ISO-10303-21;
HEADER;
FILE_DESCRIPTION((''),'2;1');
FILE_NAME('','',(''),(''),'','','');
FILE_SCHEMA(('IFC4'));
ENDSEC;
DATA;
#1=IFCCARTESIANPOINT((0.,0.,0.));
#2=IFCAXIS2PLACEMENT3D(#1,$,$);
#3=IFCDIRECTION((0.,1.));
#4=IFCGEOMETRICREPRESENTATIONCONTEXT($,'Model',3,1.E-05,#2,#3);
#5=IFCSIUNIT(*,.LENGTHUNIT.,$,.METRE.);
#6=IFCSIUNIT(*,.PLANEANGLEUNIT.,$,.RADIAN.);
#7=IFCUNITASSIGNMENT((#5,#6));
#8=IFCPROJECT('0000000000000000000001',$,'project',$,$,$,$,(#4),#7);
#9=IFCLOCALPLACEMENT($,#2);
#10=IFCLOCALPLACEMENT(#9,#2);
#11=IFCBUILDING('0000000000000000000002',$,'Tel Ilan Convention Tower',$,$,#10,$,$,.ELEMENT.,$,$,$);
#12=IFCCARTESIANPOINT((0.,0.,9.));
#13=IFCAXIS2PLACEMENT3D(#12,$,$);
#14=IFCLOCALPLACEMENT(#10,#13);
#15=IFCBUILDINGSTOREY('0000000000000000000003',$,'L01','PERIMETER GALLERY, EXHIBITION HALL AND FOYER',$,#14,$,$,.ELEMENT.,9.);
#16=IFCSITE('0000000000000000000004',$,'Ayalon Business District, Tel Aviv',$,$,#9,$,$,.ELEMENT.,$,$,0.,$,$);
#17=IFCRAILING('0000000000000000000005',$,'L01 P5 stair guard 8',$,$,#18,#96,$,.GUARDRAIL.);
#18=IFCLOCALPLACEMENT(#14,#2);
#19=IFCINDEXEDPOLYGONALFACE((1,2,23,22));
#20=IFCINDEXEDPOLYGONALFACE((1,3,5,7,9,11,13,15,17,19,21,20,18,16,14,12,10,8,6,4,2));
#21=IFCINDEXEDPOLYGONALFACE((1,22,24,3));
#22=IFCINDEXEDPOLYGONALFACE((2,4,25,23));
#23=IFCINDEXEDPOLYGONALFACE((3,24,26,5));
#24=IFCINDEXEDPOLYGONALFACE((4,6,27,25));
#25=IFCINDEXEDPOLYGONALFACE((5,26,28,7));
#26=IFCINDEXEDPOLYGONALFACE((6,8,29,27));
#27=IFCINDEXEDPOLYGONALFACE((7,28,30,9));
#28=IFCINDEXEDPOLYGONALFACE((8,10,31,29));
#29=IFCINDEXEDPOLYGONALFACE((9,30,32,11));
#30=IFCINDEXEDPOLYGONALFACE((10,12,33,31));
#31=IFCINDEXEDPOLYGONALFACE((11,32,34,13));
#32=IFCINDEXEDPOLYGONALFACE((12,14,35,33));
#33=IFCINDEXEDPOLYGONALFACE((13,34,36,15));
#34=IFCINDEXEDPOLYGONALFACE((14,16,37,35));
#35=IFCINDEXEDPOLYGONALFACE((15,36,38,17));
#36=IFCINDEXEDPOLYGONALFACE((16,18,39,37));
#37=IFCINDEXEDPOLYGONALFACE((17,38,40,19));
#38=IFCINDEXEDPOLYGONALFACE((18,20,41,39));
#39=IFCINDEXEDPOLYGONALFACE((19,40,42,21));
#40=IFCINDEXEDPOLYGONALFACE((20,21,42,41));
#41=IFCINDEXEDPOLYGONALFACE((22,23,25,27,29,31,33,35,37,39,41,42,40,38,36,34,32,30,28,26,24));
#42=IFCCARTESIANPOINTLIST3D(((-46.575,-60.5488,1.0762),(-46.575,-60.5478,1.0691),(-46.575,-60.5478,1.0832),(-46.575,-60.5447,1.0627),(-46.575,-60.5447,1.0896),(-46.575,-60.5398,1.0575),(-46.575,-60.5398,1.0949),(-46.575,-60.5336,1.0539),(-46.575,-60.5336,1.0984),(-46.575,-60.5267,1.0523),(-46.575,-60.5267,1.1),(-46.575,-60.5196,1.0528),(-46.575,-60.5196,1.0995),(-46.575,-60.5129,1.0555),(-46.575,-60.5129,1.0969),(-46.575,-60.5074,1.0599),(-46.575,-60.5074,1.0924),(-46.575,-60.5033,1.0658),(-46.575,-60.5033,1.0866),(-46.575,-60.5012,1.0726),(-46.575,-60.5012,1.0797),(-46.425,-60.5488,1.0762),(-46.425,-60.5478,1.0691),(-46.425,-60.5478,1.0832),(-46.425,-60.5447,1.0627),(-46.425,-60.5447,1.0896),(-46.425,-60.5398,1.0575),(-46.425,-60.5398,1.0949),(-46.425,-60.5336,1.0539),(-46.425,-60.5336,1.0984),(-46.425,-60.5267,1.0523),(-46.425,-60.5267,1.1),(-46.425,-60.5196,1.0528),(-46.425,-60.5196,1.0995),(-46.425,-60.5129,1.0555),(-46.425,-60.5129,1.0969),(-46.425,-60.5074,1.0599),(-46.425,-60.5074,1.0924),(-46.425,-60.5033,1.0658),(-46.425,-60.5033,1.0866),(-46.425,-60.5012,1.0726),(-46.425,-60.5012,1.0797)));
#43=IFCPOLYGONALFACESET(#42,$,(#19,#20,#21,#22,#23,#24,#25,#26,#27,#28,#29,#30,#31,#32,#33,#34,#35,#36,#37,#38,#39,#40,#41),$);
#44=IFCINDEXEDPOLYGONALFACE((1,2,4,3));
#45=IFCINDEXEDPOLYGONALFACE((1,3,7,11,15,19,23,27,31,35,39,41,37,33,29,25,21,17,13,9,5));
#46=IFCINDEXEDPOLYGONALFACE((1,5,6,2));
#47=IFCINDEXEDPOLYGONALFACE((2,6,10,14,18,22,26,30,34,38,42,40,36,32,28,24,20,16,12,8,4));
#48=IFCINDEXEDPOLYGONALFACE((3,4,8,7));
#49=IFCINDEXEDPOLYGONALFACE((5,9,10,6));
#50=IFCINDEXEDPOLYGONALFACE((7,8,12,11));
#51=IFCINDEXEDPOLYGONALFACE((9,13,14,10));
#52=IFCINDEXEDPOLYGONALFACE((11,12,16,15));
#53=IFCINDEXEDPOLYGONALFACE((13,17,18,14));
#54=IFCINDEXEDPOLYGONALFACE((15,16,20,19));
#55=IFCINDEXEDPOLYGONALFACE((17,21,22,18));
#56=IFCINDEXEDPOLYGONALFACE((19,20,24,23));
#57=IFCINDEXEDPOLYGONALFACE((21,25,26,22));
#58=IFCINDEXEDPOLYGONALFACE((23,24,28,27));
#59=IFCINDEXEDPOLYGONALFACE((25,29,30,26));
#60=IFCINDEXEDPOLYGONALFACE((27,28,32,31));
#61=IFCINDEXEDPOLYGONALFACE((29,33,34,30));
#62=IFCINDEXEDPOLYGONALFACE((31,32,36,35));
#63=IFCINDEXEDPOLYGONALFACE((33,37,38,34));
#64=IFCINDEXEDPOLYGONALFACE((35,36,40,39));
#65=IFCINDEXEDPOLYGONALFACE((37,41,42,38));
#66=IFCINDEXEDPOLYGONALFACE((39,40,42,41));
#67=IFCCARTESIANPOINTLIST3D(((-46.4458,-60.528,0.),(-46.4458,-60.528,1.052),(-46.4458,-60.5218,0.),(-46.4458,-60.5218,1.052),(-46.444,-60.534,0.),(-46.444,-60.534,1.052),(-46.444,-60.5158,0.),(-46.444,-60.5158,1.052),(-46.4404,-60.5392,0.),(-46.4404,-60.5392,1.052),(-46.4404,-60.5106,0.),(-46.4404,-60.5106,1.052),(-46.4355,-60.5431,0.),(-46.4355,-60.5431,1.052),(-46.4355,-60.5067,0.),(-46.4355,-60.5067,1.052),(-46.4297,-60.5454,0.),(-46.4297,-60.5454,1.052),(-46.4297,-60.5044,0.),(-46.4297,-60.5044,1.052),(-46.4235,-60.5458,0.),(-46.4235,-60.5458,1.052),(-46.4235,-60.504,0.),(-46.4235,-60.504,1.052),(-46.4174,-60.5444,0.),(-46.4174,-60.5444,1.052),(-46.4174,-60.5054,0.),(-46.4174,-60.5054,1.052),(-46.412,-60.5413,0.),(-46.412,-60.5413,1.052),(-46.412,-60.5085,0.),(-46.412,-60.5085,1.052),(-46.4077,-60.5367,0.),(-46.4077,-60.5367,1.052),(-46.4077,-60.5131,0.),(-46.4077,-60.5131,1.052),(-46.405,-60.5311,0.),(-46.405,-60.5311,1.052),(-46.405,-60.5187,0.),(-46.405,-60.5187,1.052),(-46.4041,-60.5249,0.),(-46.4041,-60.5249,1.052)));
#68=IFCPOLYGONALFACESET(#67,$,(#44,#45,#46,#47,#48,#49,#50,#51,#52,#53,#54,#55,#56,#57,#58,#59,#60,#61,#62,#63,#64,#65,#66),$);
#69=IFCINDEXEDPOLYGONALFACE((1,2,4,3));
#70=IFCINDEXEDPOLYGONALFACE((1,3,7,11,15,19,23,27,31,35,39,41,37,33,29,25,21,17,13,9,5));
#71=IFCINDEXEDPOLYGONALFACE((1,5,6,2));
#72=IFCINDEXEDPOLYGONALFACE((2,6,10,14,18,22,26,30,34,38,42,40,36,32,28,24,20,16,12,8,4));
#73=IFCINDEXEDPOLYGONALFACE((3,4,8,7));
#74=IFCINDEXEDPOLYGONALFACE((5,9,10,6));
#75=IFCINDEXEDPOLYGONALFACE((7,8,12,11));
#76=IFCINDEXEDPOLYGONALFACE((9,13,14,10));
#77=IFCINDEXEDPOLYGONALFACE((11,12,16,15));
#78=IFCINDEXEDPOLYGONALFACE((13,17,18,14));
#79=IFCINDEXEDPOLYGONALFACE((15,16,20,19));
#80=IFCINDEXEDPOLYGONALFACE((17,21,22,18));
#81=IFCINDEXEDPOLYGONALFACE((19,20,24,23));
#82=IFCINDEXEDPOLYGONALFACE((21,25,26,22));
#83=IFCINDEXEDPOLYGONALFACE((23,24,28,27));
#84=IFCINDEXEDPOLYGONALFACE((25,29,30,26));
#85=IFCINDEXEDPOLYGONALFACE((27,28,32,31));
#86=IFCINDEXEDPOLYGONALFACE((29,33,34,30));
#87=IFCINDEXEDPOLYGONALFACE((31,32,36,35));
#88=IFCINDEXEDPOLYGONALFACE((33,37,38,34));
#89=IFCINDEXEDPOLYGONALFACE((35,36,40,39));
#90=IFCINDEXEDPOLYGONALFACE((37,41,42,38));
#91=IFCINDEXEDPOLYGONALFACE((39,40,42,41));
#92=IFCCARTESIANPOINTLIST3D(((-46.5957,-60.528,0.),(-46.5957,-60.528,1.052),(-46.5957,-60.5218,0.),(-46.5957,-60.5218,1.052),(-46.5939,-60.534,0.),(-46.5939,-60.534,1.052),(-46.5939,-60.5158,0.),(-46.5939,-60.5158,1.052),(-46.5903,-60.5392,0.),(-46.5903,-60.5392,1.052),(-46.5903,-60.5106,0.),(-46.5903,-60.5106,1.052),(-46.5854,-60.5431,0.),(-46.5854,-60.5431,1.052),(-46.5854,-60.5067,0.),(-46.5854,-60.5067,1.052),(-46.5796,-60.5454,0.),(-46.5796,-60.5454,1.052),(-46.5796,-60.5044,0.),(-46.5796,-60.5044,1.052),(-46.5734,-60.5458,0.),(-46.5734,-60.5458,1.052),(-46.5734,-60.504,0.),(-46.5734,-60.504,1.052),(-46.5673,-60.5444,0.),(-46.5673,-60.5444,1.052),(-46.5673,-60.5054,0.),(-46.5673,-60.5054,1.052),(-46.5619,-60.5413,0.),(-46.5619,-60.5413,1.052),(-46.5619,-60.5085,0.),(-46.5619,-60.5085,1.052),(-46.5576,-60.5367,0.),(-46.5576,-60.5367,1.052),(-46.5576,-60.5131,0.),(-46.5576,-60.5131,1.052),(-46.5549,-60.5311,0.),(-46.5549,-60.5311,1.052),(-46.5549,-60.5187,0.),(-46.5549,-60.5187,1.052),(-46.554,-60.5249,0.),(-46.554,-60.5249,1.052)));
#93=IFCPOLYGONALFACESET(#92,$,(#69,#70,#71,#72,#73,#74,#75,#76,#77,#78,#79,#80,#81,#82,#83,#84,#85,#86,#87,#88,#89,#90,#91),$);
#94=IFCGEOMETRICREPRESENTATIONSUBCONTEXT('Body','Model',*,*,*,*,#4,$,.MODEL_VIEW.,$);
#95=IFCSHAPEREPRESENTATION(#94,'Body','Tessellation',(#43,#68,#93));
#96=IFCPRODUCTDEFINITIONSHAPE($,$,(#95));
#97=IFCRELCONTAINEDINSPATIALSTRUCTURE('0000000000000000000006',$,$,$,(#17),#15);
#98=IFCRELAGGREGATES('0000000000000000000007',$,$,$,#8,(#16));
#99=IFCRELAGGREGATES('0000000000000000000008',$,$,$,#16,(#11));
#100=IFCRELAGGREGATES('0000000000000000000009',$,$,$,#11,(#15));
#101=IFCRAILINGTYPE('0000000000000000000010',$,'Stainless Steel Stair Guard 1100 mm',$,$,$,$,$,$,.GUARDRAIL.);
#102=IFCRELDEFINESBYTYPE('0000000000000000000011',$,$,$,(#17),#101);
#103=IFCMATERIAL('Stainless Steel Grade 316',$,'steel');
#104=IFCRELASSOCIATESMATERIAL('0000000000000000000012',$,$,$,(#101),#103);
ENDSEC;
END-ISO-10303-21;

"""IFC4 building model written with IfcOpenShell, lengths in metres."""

from ifc_helpers import new_model, si_unit, direction, frame, origin, origin_2d, place, context, subcontext, project, spatial, circle, extrude, material, type_object, element, save


model = new_model("IFC4")

# Units and contexts
model_context = context("Model", 3, precision=1e-05, world=origin(), true_north=direction((0.0, 1.0)))
body_context = subcontext(model_context, "Body", "Model", "MODEL_VIEW")
ifc_project = project(units=[si_unit("LENGTHUNIT", "METRE"), si_unit("PLANEANGLEUNIT", "RADIAN")], contexts=[model_context])

# Site, building, storey
site_placement = place(None, origin())
site = spatial("IfcSite", under=ifc_project, at=site_placement, Name="Ayalon Business District, Tel Aviv", CompositionType="ELEMENT", RefElevation=0.0)
building_placement = place(site_placement, origin())
building = spatial("IfcBuilding", under=site, at=building_placement, Name="Tel Ilan Convention Tower", CompositionType="ELEMENT")
storey_placement = place(building_placement, frame((0.0, 0.0, 9.0)))
storey = spatial("IfcBuildingStorey", under=building, at=storey_placement, Name="L01", Description="PERIMETER GALLERY, EXHIBITION HALL AND FOYER", CompositionType="ELEMENT", Elevation=9.0)

# Railing
ifc_material_1 = material(Name="Stainless Steel Grade 316", Category="steel")
railing_type_1 = type_object("IfcRailingType", Name="Stainless Steel Stair Guard 1100 mm", PredefinedType="GUARDRAIL", material=ifc_material_1)
railing_1_placement = place(storey_placement, frame((-46.425, -60.5249, 0.0)))
element("IfcRailing", 1, at=railing_1_placement, inside=storey, type_object=railing_type_1, Name="L01 P5 stair guard 8", PredefinedType="GUARDRAIL", context=body_context, shape_type="SweptSolid", body=[
    extrude(circle(Radius=0.0239, at=origin_2d()), frame((0.0, 0.0, 1.0762), z_axis=(-1.0, 0.0, 0.0), x_axis=(0.0, -1.0, 0.0)), (0.0, 0.0, 1.0), 0.1499),
    extrude(circle(Radius=0.021, at=origin_2d()), origin(), (0.0, 0.0, 1.0), 1.052),
    extrude(circle(Radius=0.021, at=origin_2d()), frame((-0.1499, 0.0, 0.0)), (0.0, 0.0, 1.0), 1.052),
])

save(model, "model.ifc")
